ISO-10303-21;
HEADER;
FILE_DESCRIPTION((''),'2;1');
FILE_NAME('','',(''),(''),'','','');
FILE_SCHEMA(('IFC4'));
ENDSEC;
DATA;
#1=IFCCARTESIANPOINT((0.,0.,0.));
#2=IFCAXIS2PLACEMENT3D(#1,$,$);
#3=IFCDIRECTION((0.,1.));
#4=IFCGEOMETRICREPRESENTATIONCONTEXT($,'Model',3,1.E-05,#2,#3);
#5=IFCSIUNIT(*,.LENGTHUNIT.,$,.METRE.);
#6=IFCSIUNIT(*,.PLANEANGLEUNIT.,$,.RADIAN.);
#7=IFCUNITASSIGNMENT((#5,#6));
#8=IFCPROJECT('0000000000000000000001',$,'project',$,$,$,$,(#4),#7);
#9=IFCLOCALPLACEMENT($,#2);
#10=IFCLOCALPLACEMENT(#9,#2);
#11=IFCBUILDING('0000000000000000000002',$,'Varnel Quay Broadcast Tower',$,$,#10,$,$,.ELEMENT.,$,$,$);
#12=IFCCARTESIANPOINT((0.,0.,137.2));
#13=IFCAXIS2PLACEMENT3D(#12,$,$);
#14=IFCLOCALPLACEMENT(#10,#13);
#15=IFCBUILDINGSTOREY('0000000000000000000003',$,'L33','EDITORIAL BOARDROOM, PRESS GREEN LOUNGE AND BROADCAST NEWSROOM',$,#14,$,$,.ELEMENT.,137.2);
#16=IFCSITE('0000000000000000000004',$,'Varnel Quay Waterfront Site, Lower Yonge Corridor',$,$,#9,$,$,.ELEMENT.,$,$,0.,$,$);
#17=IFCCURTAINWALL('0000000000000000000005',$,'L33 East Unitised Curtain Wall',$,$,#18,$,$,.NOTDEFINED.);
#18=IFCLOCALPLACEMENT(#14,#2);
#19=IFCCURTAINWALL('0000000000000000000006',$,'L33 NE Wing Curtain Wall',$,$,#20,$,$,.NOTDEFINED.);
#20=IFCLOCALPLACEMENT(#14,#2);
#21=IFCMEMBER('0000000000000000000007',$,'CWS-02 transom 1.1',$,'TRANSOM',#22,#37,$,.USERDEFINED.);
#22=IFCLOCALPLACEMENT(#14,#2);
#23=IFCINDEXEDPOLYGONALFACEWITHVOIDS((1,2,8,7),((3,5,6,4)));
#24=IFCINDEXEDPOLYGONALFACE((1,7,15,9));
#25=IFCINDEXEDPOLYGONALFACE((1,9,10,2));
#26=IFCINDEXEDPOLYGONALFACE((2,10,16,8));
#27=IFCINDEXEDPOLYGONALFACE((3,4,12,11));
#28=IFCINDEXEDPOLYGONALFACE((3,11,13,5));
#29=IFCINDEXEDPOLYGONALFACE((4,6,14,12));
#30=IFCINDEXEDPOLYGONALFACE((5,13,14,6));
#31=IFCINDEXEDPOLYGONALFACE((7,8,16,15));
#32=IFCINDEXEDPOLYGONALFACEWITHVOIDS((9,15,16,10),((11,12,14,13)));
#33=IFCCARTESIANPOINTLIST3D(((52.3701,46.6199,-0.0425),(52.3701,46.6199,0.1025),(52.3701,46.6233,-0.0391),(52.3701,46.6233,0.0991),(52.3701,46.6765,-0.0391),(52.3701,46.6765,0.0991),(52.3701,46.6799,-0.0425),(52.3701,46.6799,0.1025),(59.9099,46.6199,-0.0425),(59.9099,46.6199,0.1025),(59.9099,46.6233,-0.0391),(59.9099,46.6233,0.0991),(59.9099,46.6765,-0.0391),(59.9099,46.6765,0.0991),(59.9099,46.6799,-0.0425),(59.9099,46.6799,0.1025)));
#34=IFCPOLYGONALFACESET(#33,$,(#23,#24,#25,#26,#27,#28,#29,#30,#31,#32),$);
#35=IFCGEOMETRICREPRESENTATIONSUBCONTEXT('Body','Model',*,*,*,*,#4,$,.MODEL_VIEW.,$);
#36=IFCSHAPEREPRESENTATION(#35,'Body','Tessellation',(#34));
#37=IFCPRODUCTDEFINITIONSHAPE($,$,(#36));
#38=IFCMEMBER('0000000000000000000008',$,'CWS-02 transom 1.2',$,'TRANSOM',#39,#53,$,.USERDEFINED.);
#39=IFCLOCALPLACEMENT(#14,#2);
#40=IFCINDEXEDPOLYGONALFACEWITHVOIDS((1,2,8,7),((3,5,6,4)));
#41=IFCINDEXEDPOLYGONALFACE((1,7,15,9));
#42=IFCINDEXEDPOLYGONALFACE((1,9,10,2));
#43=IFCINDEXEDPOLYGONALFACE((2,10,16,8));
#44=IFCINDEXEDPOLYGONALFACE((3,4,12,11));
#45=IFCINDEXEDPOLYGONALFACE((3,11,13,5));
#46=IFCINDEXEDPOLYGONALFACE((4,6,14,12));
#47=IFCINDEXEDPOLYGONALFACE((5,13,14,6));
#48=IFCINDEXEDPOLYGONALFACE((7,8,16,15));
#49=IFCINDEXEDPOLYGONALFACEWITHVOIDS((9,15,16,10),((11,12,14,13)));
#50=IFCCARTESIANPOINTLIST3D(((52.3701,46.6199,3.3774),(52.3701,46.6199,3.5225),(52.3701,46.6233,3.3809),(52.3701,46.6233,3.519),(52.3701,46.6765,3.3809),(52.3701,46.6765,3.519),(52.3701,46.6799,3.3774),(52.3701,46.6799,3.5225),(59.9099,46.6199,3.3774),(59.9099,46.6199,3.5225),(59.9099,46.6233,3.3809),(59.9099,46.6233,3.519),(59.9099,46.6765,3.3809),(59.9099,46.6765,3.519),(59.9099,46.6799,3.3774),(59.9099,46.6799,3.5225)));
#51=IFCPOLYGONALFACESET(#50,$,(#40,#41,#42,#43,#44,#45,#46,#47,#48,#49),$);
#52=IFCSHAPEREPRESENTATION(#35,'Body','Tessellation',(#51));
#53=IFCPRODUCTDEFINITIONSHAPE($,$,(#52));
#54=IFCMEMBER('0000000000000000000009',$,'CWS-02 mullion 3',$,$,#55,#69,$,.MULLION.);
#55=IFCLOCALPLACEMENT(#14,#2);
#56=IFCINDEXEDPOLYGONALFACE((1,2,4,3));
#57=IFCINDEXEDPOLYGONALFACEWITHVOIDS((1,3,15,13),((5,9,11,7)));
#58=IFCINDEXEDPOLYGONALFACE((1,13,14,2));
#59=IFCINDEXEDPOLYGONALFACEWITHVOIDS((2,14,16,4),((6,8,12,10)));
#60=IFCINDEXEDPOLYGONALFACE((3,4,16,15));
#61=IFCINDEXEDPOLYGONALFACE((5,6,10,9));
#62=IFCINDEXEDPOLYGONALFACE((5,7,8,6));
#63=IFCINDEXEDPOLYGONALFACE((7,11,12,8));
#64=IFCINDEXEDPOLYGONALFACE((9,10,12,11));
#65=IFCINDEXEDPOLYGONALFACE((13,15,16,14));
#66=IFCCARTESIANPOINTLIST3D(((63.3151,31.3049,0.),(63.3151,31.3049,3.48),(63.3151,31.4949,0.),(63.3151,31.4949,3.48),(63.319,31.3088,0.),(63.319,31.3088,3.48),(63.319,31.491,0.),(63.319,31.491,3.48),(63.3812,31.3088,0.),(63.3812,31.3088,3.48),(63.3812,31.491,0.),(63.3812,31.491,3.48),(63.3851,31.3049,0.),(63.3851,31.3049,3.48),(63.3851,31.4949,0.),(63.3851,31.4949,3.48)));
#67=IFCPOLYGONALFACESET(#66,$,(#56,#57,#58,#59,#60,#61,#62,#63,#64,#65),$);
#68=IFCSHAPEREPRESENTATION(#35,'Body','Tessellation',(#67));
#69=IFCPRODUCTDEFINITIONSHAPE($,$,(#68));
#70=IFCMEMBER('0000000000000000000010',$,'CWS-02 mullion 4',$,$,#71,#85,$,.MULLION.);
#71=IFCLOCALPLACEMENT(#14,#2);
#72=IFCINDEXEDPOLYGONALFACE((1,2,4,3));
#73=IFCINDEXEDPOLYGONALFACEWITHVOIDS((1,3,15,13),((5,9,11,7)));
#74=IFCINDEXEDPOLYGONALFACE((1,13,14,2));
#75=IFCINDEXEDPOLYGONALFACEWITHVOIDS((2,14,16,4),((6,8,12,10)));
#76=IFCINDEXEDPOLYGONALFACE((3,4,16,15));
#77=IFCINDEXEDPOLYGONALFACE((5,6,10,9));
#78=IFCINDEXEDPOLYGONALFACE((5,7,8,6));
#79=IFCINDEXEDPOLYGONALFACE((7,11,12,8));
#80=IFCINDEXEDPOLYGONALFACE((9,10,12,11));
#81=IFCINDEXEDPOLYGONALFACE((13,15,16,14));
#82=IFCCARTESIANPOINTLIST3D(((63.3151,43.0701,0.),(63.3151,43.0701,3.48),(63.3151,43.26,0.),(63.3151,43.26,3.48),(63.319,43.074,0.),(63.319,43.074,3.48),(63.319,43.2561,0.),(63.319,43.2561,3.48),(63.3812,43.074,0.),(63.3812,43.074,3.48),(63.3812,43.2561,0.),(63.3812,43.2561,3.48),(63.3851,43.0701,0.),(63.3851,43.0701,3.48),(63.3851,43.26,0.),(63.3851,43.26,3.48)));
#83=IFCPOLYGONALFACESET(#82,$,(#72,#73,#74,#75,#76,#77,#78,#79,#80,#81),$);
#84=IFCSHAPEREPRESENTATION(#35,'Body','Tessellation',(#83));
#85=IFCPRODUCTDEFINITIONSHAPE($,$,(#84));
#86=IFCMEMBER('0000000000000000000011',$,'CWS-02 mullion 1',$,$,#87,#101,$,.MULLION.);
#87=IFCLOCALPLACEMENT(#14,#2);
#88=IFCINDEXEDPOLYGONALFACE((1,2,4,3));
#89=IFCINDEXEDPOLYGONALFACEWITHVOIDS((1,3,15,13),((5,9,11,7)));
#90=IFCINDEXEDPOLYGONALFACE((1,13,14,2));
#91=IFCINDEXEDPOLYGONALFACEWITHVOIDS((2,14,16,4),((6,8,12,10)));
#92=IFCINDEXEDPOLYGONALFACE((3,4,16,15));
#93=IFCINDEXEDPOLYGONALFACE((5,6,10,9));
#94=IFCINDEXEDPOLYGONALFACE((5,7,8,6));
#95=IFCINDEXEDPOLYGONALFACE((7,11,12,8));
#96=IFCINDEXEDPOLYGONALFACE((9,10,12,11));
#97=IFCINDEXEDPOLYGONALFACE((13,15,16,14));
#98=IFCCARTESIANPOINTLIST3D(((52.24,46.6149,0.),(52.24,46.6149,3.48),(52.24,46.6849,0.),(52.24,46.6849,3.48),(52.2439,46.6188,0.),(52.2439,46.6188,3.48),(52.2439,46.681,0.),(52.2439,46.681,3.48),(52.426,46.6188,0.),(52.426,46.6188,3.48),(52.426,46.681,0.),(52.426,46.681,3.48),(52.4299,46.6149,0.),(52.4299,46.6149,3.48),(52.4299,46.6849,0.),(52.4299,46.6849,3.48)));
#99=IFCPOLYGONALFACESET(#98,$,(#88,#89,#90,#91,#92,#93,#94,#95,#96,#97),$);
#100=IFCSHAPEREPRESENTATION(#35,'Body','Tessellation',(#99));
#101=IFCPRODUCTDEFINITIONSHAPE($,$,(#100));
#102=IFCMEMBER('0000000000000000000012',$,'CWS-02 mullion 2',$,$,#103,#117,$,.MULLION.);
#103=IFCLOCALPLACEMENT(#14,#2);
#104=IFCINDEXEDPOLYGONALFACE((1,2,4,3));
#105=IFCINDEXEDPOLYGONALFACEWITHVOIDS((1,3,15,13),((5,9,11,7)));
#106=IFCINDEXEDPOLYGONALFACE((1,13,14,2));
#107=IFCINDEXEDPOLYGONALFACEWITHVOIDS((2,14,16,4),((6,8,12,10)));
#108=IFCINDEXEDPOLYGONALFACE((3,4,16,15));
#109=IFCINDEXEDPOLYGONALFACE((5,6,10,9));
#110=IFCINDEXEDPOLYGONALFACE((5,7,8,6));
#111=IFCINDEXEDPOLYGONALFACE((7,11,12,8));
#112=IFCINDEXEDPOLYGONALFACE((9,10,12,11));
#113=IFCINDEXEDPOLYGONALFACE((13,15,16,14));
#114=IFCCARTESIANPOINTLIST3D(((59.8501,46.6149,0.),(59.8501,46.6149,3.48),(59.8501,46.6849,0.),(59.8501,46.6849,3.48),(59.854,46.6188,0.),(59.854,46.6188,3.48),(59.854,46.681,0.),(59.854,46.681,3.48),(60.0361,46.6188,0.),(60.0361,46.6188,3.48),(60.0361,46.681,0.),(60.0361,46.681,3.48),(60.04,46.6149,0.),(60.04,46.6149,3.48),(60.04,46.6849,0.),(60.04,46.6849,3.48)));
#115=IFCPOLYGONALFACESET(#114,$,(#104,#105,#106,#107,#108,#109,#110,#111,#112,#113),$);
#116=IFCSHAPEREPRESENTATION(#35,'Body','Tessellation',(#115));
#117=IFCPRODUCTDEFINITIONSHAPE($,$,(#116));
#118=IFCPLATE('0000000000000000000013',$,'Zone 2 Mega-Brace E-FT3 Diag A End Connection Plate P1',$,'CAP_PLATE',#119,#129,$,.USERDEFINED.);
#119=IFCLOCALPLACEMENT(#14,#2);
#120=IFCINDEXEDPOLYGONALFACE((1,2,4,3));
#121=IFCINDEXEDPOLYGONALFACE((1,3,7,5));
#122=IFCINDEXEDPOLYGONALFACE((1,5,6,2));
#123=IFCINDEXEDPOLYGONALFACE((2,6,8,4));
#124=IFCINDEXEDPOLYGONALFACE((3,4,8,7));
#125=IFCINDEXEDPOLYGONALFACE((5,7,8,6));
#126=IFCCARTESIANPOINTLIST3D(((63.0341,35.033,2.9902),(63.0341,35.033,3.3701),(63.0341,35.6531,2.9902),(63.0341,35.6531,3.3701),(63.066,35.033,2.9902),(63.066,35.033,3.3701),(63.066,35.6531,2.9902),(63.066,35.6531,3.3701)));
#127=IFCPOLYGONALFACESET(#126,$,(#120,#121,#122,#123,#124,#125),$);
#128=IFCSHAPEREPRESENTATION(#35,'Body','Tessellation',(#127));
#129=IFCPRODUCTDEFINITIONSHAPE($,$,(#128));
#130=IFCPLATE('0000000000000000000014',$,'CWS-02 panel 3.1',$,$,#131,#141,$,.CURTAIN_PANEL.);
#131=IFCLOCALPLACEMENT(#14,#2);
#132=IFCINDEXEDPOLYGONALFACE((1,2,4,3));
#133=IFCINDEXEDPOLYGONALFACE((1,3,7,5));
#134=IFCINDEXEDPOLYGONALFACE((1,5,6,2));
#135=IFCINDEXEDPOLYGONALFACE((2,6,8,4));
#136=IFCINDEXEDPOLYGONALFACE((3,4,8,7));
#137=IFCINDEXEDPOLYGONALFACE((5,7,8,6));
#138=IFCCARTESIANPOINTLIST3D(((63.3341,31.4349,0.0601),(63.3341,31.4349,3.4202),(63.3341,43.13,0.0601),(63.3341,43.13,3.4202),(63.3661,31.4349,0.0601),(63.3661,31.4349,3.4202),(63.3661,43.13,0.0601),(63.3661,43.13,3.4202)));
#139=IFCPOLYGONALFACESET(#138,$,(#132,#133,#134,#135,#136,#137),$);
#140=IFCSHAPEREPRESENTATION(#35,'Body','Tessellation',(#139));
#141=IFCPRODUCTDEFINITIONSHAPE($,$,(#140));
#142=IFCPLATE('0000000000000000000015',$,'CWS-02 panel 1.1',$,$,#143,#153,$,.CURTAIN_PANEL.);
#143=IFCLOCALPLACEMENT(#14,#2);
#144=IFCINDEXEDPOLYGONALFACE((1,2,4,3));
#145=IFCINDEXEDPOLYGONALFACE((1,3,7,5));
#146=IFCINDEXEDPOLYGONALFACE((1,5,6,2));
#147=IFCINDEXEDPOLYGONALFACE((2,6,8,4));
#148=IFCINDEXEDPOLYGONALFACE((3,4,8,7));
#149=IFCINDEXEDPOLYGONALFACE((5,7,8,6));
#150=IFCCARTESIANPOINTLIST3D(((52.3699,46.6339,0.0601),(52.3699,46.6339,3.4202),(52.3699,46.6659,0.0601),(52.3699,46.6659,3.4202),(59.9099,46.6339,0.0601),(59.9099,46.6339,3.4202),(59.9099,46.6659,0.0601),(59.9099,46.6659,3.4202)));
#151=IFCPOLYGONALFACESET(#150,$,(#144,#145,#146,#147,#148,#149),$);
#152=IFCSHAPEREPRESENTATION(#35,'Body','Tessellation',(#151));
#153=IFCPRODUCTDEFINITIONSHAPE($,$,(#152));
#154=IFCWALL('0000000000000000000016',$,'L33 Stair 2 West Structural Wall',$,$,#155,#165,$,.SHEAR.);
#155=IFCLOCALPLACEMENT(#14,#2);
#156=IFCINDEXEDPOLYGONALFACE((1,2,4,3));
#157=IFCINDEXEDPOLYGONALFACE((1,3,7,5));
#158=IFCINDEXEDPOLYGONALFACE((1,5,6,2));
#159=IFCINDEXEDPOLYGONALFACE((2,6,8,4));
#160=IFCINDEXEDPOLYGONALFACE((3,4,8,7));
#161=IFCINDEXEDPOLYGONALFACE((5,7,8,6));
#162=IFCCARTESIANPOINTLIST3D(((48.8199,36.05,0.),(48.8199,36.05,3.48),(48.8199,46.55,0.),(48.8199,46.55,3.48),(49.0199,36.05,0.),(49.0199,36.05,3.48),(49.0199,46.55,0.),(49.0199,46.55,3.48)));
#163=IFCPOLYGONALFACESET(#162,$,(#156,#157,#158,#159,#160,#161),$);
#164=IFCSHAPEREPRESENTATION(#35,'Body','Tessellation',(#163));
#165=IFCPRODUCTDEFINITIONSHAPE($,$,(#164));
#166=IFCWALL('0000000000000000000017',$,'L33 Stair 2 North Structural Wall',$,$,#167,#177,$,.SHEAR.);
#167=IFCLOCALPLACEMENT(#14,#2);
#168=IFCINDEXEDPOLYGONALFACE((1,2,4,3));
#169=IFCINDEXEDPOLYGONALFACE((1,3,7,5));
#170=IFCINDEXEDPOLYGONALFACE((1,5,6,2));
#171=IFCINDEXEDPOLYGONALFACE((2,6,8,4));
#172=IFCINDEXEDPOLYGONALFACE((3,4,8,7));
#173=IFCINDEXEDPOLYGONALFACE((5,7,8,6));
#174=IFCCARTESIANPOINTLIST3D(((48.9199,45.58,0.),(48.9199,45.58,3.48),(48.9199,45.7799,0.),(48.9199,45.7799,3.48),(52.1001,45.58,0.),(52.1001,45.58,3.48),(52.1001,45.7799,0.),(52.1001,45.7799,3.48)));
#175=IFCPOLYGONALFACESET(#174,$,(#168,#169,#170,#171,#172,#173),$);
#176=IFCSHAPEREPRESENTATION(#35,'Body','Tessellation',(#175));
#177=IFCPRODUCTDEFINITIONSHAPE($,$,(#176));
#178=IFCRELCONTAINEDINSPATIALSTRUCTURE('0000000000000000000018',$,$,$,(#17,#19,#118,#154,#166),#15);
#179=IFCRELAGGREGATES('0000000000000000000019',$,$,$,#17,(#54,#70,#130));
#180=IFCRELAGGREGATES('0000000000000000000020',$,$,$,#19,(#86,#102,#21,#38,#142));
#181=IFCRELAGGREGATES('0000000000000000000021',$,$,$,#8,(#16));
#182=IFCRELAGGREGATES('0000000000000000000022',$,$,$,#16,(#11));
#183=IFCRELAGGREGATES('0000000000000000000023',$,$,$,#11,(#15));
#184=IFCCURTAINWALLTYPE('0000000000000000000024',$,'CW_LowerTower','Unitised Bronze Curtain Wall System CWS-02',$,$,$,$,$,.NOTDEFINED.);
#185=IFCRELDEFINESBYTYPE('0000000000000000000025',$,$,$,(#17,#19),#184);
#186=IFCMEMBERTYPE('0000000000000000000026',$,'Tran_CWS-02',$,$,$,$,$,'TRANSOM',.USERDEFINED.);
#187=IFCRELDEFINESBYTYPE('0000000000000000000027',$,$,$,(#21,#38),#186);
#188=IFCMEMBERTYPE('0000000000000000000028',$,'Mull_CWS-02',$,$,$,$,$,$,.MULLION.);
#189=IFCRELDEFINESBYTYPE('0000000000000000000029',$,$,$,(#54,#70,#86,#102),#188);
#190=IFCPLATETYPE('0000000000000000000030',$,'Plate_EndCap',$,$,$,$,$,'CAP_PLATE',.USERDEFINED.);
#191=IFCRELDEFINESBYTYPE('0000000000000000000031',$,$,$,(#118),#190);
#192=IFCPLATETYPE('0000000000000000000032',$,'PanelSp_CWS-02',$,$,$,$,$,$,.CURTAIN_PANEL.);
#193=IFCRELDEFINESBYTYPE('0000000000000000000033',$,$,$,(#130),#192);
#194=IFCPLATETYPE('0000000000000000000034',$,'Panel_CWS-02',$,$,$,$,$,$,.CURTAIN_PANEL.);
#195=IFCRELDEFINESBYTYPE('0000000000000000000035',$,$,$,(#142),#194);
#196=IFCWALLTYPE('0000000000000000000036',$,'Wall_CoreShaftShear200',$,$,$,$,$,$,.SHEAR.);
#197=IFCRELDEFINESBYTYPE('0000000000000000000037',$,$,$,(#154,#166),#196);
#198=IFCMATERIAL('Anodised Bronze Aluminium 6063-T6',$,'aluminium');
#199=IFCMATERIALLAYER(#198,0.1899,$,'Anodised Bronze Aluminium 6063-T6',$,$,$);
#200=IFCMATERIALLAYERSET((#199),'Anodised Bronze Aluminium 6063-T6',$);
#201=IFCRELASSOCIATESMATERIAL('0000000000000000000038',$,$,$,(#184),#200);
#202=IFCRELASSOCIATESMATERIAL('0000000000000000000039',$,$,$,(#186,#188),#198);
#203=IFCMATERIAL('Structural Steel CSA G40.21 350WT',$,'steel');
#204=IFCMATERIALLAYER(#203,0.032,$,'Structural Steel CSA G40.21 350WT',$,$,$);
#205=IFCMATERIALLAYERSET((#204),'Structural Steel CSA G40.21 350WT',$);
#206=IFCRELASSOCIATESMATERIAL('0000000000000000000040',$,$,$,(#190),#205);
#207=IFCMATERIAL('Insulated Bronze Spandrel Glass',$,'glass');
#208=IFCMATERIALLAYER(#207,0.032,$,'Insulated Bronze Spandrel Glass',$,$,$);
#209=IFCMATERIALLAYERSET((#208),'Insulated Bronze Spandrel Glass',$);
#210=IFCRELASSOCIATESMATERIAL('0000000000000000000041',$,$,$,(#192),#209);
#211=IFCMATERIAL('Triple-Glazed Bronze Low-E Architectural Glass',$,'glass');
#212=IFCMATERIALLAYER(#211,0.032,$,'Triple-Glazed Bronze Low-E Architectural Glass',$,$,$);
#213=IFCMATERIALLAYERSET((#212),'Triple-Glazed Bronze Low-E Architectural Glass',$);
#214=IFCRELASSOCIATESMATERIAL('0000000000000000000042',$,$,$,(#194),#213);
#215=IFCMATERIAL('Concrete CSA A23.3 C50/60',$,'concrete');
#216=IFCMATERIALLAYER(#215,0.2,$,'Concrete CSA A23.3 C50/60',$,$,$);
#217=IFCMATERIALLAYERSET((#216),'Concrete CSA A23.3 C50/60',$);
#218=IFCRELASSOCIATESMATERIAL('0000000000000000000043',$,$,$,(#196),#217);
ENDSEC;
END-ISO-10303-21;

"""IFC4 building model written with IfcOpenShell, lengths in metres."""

from ifc_helpers import new_model, si_unit, direction, frame, frame_2d, origin, origin_2d, place, context, subcontext, project, spatial, rectangle, hollow_rectangle, extrude, source, transform, mapped, material, layer, layer_set, material_profile, profile_set, type_object, type_shapes, element, aggregate, save


model = new_model("IFC4")

# Units and contexts
model_context = context("Model", 3, precision=1e-05, world=origin(), true_north=direction((0.0, 1.0)))
body_context = subcontext(model_context, "Body", "Model", "MODEL_VIEW")
ifc_project = project(units=[si_unit("LENGTHUNIT", "METRE"), si_unit("PLANEANGLEUNIT", "RADIAN")], contexts=[model_context])

# Site, building, storey
site_placement = place(None, origin())
site = spatial("IfcSite", under=ifc_project, at=site_placement, Name="Varnel Quay Waterfront Site, Lower Yonge Corridor", CompositionType="ELEMENT", RefElevation=0.0)
building_placement = place(site_placement, origin())
building = spatial("IfcBuilding", under=site, at=building_placement, Name="Varnel Quay Broadcast Tower", CompositionType="ELEMENT")
storey_placement = place(building_placement, frame((0.0, 0.0, 137.2)))
storey = spatial("IfcBuildingStorey", under=building, at=storey_placement, Name="L33", Description="EDITORIAL BOARDROOM, PRESS GREEN LOUNGE AND BROADCAST NEWSROOM", CompositionType="ELEMENT", Elevation=137.2)

# Shared definitions
ifc_material_1 = material(Name="Structural Steel CSA G40.21 350WT", Category="steel")

# Curtain walls, members
ifc_material_2 = material(Name="Anodised Bronze Aluminium 6063-T6", Category="aluminium")
ifc_layer_1 = layer(ifc_material_2, 0.1899, Name="Anodised Bronze Aluminium 6063-T6")
ifc_layer_set_1 = layer_set([ifc_layer_1], Name="Anodised Bronze Aluminium 6063-T6")
curtain_wall_type = type_object("IfcCurtainWallType", Name="CW_LowerTower", Description="Unitised Bronze Curtain Wall System CWS-02", PredefinedType="NOTDEFINED", material=ifc_layer_set_1)
curtain_wall_1_placement = place(storey_placement, origin())
curtain_wall_1 = element("IfcCurtainWall", 1, at=curtain_wall_1_placement, inside=storey, type_object=curtain_wall_type, Name="L33 East Unitised Curtain Wall", PredefinedType="NOTDEFINED")
ifc_material_profile_1 = material_profile(ifc_material_2, hollow_rectangle(XDim=0.0601, YDim=0.145, WallThickness=0.0034, at=origin_2d()), Name="ALU60X145X3.5")
ifc_profile_set_1 = profile_set([ifc_material_profile_1], Name="Anodised Bronze Aluminium 6063-T6")
member_type_1 = type_object("IfcMemberType", Name="Tran_CWS-02", ElementType="TRANSOM", PredefinedType="USERDEFINED", material=ifc_profile_set_1)
curtain_wall_2_placement = place(storey_placement, origin())
curtain_wall_2 = element("IfcCurtainWall", 2, at=curtain_wall_2_placement, inside=storey, type_object=curtain_wall_type, Name="L33 NE Wing Curtain Wall", PredefinedType="NOTDEFINED")
shared_shape_1 = source(origin(), body_context, "Body", "SweptSolid", [
    extrude(hollow_rectangle(XDim=0.0601, YDim=0.145, WallThickness=0.0034, at=origin_2d()), origin(), (0.0, 0.0, 1.0), 7.5398),
])
member_1_placement = place(storey_placement, frame((52.3701, 46.6499, 0.03), z_axis=(1.0, 0.0, 0.0), x_axis=(0.0, 1.0, 0.0)))
member_1 = element("IfcMember", 3, at=member_1_placement, type_object=member_type_1, Name="CWS-02 transom 1.1", ObjectType="TRANSOM", PredefinedType="USERDEFINED", context=body_context, shape_type="MappedRepresentation", body=[
    mapped(shared_shape_1, transform((0.0, 0.0, 0.0), x_axis=(1.0, 0.0, 0.0), y_axis=(0.0, 1.0, 0.0), z_axis=(0.0, 0.0, 1.0), scale=1.0)),
])
member_2_placement = place(storey_placement, frame((52.3701, 46.6499, 3.45), z_axis=(1.0, 0.0, 0.0), x_axis=(0.0, 1.0, 0.0)))
member_2 = element("IfcMember", 4, at=member_2_placement, type_object=member_type_1, Name="CWS-02 transom 1.2", ObjectType="TRANSOM", PredefinedType="USERDEFINED", context=body_context, shape_type="MappedRepresentation", body=[
    mapped(shared_shape_1, transform((0.0, 0.0, 0.0), x_axis=(1.0, 0.0, 0.0), y_axis=(0.0, 1.0, 0.0), z_axis=(0.0, 0.0, 1.0), scale=1.0)),
])

# Members
ifc_material_profile_2 = material_profile(ifc_material_2, hollow_rectangle(XDim=0.0701, YDim=0.1899, WallThickness=0.0039, at=origin_2d()), Name="ALU70X190X4")
ifc_profile_set_2 = profile_set([ifc_material_profile_2], Name="Anodised Bronze Aluminium 6063-T6")
member_type_2 = type_object("IfcMemberType", Name="Mull_CWS-02", PredefinedType="MULLION", material=ifc_profile_set_2)
shared_shape_2 = source(origin(), body_context, "Body", "SweptSolid", [
    extrude(hollow_rectangle(XDim=0.0701, YDim=0.1899, WallThickness=0.0039, at=origin_2d()), origin(), (0.0, 0.0, 1.0), 3.48),
])
type_shapes(member_type_2, [shared_shape_2])
member_3_placement = place(storey_placement, frame((63.3501, 31.3999, 0.0), z_axis=(0.0, 0.0, 1.0), x_axis=(-1.0, 0.0, 0.0)))
member_3 = element("IfcMember", 5, at=member_3_placement, type_object=member_type_2, Name="CWS-02 mullion 3", PredefinedType="MULLION", context=body_context, shape_type="MappedRepresentation", body=[
    mapped(shared_shape_2, transform((0.0, 0.0, 0.0), x_axis=(1.0, 0.0, 0.0), y_axis=(0.0, 1.0, 0.0), z_axis=(0.0, 0.0, 1.0), scale=1.0)),
])
member_4_placement = place(storey_placement, frame((63.3501, 43.165, 0.0), z_axis=(0.0, 0.0, 1.0), x_axis=(-1.0, 0.0, 0.0)))
member_4 = element("IfcMember", 6, at=member_4_placement, type_object=member_type_2, Name="CWS-02 mullion 4", PredefinedType="MULLION", context=body_context, shape_type="MappedRepresentation", body=[
    mapped(shared_shape_2, transform((0.0, 0.0, 0.0), x_axis=(1.0, 0.0, 0.0), y_axis=(0.0, 1.0, 0.0), z_axis=(0.0, 0.0, 1.0), scale=1.0)),
])
member_5_placement = place(storey_placement, frame((52.335, 46.6499, 0.0), z_axis=(0.0, 0.0, 1.0), x_axis=(0.0, 1.0, 0.0)))
member_5 = element("IfcMember", 7, at=member_5_placement, type_object=member_type_2, Name="CWS-02 mullion 1", PredefinedType="MULLION", context=body_context, shape_type="MappedRepresentation", body=[
    mapped(shared_shape_2, transform((0.0, 0.0, 0.0), x_axis=(1.0, 0.0, 0.0), y_axis=(0.0, 1.0, 0.0), z_axis=(0.0, 0.0, 1.0), scale=1.0)),
])
member_6_placement = place(storey_placement, frame((59.9451, 46.6499, 0.0), z_axis=(0.0, 0.0, 1.0), x_axis=(0.0, 1.0, 0.0)))
member_6 = element("IfcMember", 8, at=member_6_placement, type_object=member_type_2, Name="CWS-02 mullion 2", PredefinedType="MULLION", context=body_context, shape_type="MappedRepresentation", body=[
    mapped(shared_shape_2, transform((0.0, 0.0, 0.0), x_axis=(1.0, 0.0, 0.0), y_axis=(0.0, 1.0, 0.0), z_axis=(0.0, 0.0, 1.0), scale=1.0)),
])

# Plates
ifc_layer_2 = layer(ifc_material_1, 0.032, Name="Structural Steel CSA G40.21 350WT")
ifc_layer_set_2 = layer_set([ifc_layer_2], Name="Structural Steel CSA G40.21 350WT")
plate_type_1 = type_object("IfcPlateType", Name="Plate_EndCap", ElementType="CAP_PLATE", PredefinedType="USERDEFINED", material=ifc_layer_set_2)
shared_shape_3 = source(origin(), body_context, "Body", "SweptSolid", [
    extrude(rectangle(XDim=0.6201, YDim=0.032, at=origin_2d()), origin(), (0.0, 0.0, 1.0), 0.3799),
])
type_shapes(plate_type_1, [shared_shape_3])
plate_1_placement = place(storey_placement, frame((63.05, 35.343, 2.9902), z_axis=(0.0, 0.0, 1.0), x_axis=(0.0, 1.0, 0.0)))
element("IfcPlate", 9, at=plate_1_placement, inside=storey, type_object=plate_type_1, Name="Zone 2 Mega-Brace E-FT3 Diag A End Connection Plate P1", ObjectType="CAP_PLATE", PredefinedType="USERDEFINED", context=body_context, shape_type="MappedRepresentation", body=[
    mapped(shared_shape_3, transform((0.0, 0.0, 0.0), x_axis=(1.0, 0.0, 0.0), y_axis=(0.0, 1.0, 0.0), z_axis=(0.0, 0.0, 1.0), scale=1.0)),
])
ifc_material_3 = material(Name="Insulated Bronze Spandrel Glass", Category="glass")
ifc_layer_3 = layer(ifc_material_3, 0.032, Name="Insulated Bronze Spandrel Glass")
ifc_layer_set_3 = layer_set([ifc_layer_3], Name="Insulated Bronze Spandrel Glass")
plate_type_2 = type_object("IfcPlateType", Name="PanelSp_CWS-02", PredefinedType="CURTAIN_PANEL", material=ifc_layer_set_3)
shared_shape_4 = source(origin(), body_context, "Body", "SweptSolid", [
    extrude(rectangle(XDim=11.6951, YDim=0.032, at=origin_2d()), origin(), (0.0, 0.0, 1.0), 3.3601),
])
type_shapes(plate_type_2, [shared_shape_4])
plate_2_placement = place(storey_placement, frame((63.3501, 37.2825, 0.0601), z_axis=(0.0, 0.0, 1.0), x_axis=(0.0, 1.0, 0.0)))
plate_2 = element("IfcPlate", 10, at=plate_2_placement, type_object=plate_type_2, Name="CWS-02 panel 3.1", PredefinedType="CURTAIN_PANEL", context=body_context, shape_type="MappedRepresentation", body=[
    mapped(shared_shape_4, transform((0.0, 0.0, 0.0), x_axis=(1.0, 0.0, 0.0), y_axis=(0.0, 1.0, 0.0), z_axis=(0.0, 0.0, 1.0), scale=1.0)),
])
aggregate(curtain_wall_1, [member_3, member_4, plate_2])
ifc_material_4 = material(Name="Triple-Glazed Bronze Low-E Architectural Glass", Category="glass")
ifc_layer_4 = layer(ifc_material_4, 0.032, Name="Triple-Glazed Bronze Low-E Architectural Glass")
ifc_layer_set_4 = layer_set([ifc_layer_4], Name="Triple-Glazed Bronze Low-E Architectural Glass")
plate_type_3 = type_object("IfcPlateType", Name="Panel_CWS-02", PredefinedType="CURTAIN_PANEL", material=ifc_layer_set_4)
shared_shape_5 = source(origin(), body_context, "Body", "SweptSolid", [
    extrude(rectangle(XDim=7.54, YDim=0.032, at=origin_2d()), origin(), (0.0, 0.0, 1.0), 3.3601),
])
type_shapes(plate_type_3, [shared_shape_5])
plate_3_placement = place(storey_placement, frame((56.1399, 46.6499, 0.0601), z_axis=(0.0, 0.0, 1.0), x_axis=(1.0, 0.0, 0.0)))
plate_3 = element("IfcPlate", 11, at=plate_3_placement, type_object=plate_type_3, Name="CWS-02 panel 1.1", PredefinedType="CURTAIN_PANEL", context=body_context, shape_type="MappedRepresentation", body=[
    mapped(shared_shape_5, transform((0.0, 0.0, 0.0), x_axis=(1.0, 0.0, 0.0), y_axis=(0.0, 1.0, 0.0), z_axis=(0.0, 0.0, 1.0), scale=1.0)),
])
aggregate(curtain_wall_2, [member_5, member_6, member_1, member_2, plate_3])

# Walls
ifc_material_5 = material(Name="Concrete CSA A23.3 C50/60", Category="concrete")
ifc_layer_5 = layer(ifc_material_5, 0.2, Name="Concrete CSA A23.3 C50/60")
ifc_layer_set_5 = layer_set([ifc_layer_5], Name="Concrete CSA A23.3 C50/60")
wall_type_1 = type_object("IfcWallType", Name="Wall_CoreShaftShear200", PredefinedType="SHEAR", material=ifc_layer_set_5)
wall_1_placement = place(storey_placement, frame((48.9199, 36.05, 0.0), z_axis=(0.0, 0.0, 1.0), x_axis=(0.0, 1.0, 0.0)))
element("IfcWall", 12, at=wall_1_placement, inside=storey, type_object=wall_type_1, Name="L33 Stair 2 West Structural Wall", PredefinedType="SHEAR", context=body_context, shape_type="SweptSolid", body=[
    extrude(rectangle(XDim=10.5, YDim=0.2, at=frame_2d((5.25, 0.0))), origin(), (0.0, 0.0, 1.0), 3.48),
])
wall_2_placement = place(storey_placement, frame((48.9199, 45.6799, 0.0), z_axis=(0.0, 0.0, 1.0), x_axis=(1.0, 0.0, 0.0)))
element("IfcWall", 13, at=wall_2_placement, inside=storey, type_object=wall_type_1, Name="L33 Stair 2 North Structural Wall", PredefinedType="SHEAR", context=body_context, shape_type="SweptSolid", body=[
    extrude(rectangle(XDim=3.1802, YDim=0.2, at=frame_2d((1.5901, 0.0))), origin(), (0.0, 0.0, 1.0), 3.48),
])

save(model, "model.ifc")
